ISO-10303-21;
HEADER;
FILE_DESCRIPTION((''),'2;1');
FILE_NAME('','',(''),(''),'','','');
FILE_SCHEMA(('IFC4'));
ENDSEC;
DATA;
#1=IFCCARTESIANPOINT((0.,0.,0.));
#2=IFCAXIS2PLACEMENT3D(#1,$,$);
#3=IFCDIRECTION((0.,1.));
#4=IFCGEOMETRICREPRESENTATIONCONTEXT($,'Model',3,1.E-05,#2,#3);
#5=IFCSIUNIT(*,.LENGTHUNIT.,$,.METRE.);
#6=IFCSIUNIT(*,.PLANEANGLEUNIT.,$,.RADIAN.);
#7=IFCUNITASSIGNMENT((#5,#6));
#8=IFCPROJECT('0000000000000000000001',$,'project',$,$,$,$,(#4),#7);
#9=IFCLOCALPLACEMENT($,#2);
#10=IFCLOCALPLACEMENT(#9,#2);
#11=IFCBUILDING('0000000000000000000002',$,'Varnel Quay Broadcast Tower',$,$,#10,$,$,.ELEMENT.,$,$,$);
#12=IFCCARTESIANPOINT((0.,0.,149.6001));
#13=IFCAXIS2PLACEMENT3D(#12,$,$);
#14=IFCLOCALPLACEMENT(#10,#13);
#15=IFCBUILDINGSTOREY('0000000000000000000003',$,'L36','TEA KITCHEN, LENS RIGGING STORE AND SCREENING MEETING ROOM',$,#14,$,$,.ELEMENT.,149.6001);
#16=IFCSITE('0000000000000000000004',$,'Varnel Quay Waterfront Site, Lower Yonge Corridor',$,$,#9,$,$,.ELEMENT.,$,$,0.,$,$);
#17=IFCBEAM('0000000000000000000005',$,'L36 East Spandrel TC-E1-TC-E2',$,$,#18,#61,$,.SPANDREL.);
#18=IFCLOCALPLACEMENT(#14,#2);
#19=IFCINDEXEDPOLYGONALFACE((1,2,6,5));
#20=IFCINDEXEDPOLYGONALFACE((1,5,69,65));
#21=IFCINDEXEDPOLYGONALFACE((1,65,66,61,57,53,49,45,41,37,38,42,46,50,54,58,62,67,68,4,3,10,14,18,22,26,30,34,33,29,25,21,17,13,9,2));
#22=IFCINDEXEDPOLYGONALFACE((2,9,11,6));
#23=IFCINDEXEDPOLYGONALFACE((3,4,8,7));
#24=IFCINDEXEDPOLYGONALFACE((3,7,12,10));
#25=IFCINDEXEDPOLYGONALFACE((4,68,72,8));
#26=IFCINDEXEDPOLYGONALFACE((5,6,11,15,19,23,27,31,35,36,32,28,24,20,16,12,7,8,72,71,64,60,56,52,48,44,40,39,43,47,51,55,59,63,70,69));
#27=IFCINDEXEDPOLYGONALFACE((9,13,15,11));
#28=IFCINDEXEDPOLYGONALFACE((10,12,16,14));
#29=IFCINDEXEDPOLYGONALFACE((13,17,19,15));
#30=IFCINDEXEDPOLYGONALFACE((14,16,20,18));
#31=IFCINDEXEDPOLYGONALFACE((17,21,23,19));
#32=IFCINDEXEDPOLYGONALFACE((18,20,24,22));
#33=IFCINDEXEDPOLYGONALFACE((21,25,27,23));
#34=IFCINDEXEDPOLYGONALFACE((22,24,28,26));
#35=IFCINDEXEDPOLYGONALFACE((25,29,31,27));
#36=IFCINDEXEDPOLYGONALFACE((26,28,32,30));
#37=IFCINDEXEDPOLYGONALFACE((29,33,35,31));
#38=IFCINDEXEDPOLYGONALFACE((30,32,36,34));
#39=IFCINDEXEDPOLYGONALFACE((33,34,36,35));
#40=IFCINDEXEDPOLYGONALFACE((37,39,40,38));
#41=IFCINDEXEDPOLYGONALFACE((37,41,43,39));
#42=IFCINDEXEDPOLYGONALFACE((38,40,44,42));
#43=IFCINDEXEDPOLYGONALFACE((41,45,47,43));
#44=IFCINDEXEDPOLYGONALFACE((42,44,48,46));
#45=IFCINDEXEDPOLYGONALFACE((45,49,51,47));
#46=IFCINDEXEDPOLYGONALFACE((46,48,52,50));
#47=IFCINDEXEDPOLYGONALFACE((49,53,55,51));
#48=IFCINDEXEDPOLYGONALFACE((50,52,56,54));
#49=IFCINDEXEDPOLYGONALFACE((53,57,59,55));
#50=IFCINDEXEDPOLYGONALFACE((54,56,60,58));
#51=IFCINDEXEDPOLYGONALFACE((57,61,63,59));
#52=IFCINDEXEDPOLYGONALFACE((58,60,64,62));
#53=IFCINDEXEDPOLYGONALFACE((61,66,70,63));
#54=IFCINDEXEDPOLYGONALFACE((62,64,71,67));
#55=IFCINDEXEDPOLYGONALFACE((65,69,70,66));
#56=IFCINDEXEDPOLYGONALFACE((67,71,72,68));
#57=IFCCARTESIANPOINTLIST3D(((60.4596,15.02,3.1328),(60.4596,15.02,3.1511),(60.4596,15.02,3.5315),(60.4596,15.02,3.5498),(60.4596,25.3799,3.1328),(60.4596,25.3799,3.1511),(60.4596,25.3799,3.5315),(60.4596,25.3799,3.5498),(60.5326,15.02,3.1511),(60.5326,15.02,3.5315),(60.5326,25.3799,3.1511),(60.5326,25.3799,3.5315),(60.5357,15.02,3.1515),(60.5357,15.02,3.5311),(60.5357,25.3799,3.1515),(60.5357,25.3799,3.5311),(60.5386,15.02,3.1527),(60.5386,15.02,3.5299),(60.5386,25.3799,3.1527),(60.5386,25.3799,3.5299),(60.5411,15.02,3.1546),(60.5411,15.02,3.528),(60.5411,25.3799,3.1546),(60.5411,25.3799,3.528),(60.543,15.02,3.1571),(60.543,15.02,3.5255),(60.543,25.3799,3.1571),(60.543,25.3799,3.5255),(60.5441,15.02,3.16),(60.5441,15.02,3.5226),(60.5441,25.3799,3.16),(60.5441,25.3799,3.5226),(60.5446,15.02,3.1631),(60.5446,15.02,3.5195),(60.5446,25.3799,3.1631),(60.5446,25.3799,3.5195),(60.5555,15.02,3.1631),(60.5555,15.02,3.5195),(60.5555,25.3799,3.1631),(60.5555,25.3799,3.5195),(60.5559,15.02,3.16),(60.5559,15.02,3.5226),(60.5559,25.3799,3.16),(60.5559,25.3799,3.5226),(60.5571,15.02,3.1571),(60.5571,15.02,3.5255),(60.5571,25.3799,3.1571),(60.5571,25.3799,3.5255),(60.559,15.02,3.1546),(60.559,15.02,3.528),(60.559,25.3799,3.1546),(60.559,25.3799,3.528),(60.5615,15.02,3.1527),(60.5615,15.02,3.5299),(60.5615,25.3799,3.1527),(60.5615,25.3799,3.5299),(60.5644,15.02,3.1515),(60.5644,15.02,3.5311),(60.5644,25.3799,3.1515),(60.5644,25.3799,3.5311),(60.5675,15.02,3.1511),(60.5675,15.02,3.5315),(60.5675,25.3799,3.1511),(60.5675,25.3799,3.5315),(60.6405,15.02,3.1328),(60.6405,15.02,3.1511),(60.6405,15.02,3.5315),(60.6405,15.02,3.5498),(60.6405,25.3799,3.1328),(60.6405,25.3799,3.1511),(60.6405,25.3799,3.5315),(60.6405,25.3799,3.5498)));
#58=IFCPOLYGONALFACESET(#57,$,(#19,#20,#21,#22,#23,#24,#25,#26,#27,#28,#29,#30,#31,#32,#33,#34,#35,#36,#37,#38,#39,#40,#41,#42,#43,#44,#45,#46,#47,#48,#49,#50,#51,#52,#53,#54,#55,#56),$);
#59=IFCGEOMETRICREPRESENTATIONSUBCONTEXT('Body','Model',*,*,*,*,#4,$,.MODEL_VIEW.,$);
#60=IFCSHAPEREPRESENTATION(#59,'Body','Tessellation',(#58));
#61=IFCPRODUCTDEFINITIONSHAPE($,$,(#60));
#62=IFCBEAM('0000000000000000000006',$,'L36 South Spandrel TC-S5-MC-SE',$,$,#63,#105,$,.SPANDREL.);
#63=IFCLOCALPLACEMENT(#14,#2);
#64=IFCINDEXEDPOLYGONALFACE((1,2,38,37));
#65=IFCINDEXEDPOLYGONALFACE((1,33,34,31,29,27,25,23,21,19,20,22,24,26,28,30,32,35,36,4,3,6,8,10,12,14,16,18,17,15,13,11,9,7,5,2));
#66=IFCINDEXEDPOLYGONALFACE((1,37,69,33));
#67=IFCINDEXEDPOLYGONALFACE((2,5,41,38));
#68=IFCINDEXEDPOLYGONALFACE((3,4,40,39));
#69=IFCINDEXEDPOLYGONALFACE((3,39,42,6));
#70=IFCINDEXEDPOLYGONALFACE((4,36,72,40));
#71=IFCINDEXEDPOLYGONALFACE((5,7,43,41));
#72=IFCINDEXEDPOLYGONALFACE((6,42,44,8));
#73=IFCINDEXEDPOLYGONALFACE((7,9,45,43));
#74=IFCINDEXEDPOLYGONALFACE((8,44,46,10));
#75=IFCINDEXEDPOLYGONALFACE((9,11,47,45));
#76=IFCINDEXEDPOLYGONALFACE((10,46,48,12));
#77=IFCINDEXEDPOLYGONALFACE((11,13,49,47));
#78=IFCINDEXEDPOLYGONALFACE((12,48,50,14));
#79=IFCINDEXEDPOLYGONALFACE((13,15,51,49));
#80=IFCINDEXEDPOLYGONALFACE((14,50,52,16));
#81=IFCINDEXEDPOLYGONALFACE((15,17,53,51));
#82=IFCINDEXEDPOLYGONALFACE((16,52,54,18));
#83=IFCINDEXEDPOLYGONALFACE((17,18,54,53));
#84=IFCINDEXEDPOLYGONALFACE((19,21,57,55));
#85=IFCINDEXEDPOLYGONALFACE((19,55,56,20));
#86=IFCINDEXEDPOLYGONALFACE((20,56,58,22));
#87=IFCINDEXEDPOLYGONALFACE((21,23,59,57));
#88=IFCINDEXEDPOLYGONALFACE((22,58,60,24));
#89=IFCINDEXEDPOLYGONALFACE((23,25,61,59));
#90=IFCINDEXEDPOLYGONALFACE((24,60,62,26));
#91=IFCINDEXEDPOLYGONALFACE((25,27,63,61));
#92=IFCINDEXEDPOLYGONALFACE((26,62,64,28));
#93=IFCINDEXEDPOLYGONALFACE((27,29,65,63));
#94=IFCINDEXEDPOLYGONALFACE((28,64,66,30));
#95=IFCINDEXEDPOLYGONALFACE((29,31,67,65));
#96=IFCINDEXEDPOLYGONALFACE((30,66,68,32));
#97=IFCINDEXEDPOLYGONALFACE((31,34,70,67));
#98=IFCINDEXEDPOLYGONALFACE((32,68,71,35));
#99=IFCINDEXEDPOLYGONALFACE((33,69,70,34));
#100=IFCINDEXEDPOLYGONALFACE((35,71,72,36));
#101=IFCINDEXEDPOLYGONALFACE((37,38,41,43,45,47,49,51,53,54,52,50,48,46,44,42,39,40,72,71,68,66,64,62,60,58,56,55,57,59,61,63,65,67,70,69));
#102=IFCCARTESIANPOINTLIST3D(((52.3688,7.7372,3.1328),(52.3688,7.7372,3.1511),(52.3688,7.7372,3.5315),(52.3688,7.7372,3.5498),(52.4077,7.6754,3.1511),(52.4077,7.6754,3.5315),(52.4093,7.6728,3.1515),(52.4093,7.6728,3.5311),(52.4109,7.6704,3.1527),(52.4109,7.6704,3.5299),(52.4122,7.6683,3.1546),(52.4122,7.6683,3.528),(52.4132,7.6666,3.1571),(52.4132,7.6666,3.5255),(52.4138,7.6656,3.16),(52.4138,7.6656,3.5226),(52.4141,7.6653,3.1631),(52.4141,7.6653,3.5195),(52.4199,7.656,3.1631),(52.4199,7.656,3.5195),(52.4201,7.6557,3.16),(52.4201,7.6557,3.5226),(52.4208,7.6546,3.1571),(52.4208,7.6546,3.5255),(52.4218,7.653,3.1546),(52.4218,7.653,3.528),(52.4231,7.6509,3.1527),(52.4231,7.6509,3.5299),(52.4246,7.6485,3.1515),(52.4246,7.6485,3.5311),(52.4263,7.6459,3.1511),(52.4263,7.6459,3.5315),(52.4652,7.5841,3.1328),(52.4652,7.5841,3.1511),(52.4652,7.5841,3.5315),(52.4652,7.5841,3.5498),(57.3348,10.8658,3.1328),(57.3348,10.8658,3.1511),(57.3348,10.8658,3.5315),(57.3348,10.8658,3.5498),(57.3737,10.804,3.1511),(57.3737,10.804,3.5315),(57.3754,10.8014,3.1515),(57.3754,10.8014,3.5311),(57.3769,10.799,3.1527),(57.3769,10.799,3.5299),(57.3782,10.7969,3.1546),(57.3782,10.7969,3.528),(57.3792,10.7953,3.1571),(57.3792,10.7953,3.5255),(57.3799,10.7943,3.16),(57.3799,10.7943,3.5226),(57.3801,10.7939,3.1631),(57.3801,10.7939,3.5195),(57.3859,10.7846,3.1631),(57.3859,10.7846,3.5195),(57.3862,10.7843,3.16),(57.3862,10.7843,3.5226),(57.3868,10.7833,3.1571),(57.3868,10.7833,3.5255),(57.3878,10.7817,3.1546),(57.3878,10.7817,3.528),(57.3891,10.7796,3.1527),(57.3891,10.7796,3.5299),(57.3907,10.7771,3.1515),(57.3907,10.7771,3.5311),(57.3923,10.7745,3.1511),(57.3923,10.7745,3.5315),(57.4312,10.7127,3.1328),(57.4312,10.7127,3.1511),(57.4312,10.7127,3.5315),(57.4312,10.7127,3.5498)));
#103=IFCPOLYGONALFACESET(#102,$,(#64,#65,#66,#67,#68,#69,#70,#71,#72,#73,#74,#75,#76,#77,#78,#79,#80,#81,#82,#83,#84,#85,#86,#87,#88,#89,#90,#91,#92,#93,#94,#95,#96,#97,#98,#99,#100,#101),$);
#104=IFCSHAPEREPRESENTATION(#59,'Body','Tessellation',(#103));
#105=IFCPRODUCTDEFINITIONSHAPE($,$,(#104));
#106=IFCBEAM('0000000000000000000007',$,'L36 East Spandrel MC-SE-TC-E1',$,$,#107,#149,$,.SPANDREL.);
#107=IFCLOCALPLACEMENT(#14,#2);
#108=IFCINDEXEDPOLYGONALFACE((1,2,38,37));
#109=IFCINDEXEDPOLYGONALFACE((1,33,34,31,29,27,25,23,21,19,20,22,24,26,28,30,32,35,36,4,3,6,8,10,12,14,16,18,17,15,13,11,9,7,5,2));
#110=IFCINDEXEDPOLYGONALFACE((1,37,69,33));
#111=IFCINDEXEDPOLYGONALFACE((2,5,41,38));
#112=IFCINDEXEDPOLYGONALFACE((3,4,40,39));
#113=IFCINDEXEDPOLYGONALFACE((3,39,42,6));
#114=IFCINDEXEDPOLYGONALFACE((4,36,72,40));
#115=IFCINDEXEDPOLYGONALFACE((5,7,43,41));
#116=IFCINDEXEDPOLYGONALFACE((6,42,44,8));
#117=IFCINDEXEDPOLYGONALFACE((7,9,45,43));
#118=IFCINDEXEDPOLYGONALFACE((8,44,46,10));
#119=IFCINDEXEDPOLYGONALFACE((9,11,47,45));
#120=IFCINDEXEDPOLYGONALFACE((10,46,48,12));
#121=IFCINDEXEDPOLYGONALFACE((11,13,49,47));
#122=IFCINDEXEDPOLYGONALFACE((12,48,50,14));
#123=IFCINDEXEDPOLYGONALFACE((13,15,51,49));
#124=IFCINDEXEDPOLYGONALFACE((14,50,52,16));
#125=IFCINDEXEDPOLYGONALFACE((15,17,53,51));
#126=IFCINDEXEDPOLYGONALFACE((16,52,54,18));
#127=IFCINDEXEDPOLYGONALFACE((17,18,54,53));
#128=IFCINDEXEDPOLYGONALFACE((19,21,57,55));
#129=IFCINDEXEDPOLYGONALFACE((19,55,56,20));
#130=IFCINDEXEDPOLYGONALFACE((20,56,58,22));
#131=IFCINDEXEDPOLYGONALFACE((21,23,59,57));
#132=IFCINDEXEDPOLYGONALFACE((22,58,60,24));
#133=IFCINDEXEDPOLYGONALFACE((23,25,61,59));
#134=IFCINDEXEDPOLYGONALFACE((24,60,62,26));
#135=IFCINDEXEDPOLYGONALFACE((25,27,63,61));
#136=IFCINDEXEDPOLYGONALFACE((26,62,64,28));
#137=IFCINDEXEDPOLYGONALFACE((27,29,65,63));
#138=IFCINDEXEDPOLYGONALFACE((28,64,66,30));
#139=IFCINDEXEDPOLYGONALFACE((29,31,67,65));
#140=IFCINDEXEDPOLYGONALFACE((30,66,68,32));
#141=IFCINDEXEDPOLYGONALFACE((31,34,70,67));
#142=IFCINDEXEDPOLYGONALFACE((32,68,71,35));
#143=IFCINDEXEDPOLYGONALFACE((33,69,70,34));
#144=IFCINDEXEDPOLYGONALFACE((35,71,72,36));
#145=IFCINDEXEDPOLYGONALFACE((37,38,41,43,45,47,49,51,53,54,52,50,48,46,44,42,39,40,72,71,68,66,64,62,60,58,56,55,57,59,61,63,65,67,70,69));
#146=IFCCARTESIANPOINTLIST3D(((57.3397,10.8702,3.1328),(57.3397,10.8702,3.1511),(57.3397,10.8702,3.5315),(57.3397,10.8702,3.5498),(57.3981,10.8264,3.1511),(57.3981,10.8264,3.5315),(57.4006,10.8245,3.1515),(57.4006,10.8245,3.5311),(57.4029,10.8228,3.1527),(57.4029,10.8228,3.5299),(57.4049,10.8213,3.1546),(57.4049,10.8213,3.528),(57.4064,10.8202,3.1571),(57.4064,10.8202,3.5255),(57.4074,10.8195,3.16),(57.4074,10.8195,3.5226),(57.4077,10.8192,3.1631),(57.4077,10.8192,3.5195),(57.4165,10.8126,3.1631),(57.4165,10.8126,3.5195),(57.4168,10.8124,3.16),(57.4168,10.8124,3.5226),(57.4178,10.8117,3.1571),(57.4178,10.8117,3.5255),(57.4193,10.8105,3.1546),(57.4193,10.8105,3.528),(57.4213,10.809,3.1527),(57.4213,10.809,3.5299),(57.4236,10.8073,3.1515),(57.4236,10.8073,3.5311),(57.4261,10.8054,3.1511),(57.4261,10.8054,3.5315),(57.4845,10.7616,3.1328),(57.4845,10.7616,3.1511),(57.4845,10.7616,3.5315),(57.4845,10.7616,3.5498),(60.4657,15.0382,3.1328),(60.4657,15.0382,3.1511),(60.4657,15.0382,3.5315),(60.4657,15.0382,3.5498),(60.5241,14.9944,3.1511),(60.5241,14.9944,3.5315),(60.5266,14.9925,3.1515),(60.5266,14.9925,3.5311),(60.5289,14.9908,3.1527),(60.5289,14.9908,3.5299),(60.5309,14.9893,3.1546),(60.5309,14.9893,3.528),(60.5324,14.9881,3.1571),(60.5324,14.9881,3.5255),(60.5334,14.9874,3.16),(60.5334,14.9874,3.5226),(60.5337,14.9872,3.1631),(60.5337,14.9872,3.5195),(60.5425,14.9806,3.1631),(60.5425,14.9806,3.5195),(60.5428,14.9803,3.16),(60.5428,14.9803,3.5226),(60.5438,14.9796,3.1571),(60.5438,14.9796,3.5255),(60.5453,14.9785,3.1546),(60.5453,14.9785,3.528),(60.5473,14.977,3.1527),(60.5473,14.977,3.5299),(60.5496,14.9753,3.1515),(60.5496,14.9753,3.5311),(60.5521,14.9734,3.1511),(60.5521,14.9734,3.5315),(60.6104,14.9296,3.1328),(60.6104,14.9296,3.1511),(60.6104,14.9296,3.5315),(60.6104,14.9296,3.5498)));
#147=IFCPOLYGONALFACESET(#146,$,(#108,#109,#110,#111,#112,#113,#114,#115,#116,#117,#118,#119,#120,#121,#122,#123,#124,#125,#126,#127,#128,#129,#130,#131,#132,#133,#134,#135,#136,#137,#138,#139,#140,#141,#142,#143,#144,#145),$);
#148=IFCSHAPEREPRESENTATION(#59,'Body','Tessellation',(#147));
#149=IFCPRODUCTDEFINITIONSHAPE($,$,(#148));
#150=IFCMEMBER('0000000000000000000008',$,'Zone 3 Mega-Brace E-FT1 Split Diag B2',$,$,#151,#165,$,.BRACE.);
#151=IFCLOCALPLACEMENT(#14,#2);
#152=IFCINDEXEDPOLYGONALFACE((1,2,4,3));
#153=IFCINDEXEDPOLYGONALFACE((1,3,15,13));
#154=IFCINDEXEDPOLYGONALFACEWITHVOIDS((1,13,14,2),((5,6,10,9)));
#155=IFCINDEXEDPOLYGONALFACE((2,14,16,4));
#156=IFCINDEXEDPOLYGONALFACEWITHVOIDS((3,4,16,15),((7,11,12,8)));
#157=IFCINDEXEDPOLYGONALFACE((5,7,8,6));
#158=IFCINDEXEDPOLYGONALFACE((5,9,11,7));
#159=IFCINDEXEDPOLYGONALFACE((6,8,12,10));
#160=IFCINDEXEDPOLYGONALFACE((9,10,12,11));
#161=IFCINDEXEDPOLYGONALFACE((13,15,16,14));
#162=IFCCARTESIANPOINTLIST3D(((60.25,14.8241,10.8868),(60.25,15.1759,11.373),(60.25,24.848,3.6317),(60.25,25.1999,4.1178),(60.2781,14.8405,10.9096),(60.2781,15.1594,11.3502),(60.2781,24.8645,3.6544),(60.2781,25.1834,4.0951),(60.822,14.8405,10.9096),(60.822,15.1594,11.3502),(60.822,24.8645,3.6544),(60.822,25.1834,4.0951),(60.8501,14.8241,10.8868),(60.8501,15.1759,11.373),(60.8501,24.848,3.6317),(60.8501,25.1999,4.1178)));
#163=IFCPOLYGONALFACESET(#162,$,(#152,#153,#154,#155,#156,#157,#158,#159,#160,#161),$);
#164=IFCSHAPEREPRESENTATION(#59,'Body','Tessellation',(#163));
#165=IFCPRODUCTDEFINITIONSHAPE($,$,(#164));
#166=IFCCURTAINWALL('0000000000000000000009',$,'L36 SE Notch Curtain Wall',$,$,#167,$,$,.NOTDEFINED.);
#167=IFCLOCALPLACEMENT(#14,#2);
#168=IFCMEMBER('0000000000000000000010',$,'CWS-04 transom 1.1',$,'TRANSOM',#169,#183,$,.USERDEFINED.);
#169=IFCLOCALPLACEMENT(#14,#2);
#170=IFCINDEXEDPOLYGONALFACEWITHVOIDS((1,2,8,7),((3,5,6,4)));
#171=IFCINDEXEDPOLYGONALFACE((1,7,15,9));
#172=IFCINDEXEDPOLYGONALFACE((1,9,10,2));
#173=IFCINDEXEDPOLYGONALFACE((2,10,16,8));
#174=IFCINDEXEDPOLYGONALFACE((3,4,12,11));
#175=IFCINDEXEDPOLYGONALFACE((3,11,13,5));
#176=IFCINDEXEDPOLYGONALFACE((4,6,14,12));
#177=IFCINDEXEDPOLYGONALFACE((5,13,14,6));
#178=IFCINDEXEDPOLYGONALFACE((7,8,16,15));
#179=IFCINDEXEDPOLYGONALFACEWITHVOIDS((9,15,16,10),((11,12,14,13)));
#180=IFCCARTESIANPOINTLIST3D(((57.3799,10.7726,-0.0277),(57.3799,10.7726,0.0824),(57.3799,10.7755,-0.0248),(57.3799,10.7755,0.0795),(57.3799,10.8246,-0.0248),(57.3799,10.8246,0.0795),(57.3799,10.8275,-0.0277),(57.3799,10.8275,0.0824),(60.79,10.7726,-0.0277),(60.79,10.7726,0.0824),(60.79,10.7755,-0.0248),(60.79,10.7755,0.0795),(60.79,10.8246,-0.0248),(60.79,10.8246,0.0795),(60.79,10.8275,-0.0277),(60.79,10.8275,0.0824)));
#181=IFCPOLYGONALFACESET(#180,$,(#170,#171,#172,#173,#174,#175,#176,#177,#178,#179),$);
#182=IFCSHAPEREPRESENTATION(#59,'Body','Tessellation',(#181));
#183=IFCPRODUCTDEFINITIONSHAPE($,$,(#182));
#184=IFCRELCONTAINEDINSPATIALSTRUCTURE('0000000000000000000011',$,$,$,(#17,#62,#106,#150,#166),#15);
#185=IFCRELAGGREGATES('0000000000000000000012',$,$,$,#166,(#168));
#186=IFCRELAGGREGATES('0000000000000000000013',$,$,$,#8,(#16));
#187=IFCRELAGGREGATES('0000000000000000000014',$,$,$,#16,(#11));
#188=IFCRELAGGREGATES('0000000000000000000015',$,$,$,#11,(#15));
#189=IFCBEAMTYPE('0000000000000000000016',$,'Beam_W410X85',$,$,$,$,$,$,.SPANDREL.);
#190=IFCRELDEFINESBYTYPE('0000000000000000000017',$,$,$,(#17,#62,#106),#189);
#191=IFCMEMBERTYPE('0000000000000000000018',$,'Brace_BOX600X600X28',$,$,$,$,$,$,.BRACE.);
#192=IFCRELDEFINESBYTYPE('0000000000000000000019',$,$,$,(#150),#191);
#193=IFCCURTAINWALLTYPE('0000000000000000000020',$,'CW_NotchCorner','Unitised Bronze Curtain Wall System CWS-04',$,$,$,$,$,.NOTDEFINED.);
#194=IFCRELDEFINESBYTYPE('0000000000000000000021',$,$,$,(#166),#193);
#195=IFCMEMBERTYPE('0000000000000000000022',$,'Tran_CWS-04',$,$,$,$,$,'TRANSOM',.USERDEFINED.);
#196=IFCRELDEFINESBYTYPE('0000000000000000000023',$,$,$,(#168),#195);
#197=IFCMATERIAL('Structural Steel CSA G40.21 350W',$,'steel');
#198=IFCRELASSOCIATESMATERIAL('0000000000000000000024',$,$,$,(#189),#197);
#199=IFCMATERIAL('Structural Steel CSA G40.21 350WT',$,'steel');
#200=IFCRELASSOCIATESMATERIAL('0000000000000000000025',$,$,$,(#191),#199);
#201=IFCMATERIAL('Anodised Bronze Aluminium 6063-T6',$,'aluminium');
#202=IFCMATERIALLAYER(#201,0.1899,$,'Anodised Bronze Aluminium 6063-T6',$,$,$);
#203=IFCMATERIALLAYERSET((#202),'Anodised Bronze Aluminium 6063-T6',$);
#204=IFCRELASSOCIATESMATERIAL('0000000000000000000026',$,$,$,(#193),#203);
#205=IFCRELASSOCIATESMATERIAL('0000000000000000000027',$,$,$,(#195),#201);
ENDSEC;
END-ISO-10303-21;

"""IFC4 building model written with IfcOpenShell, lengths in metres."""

from ifc_helpers import new_model, si_unit, direction, frame, origin, origin_2d, place, context, subcontext, project, spatial, hollow_rectangle, i_section, extrude, source, transform, mapped, material, layer, layer_set, material_profile, profile_set, type_object, type_shapes, element, aggregate, save


model = new_model("IFC4")

# Units and contexts
model_context = context("Model", 3, precision=1e-05, world=origin(), true_north=direction((0.0, 1.0)))
body_context = subcontext(model_context, "Body", "Model", "MODEL_VIEW")
ifc_project = project(units=[si_unit("LENGTHUNIT", "METRE"), si_unit("PLANEANGLEUNIT", "RADIAN")], contexts=[model_context])

# Site, building, storey
site_placement = place(None, origin())
site = spatial("IfcSite", under=ifc_project, at=site_placement, Name="Varnel Quay Waterfront Site, Lower Yonge Corridor", CompositionType="ELEMENT", RefElevation=0.0)
building_placement = place(site_placement, origin())
building = spatial("IfcBuilding", under=site, at=building_placement, Name="Varnel Quay Broadcast Tower", CompositionType="ELEMENT")
storey_placement = place(building_placement, frame((0.0, 0.0, 149.6001)))
storey = spatial("IfcBuildingStorey", under=building, at=storey_placement, Name="L36", Description="TEA KITCHEN, LENS RIGGING STORE AND SCREENING MEETING ROOM", CompositionType="ELEMENT", Elevation=149.6001)

# Shared definitions
ifc_material_1 = material(Name="Structural Steel CSA G40.21 350WT", Category="steel")
ifc_material_2 = material(Name="Structural Steel CSA G40.21 350W", Category="steel")

# Beams
ifc_material_profile_1 = material_profile(ifc_material_2, i_section(OverallWidth=0.1809, OverallDepth=0.417, WebThickness=0.011, FlangeThickness=0.0183, FilletRadius=0.012, at=origin_2d()), Name="W410X85")
ifc_profile_set_1 = profile_set([ifc_material_profile_1], Name="Structural Steel CSA G40.21 350W")
beam_type = type_object("IfcBeamType", Name="Beam_W410X85", PredefinedType="SPANDREL", material=ifc_profile_set_1)
shared_shape_1 = source(origin(), body_context, "Body", "SweptSolid", [
    extrude(i_section(OverallWidth=0.1809, OverallDepth=0.417, WebThickness=0.011, FlangeThickness=0.0183, FilletRadius=0.012, at=origin_2d()), origin(), (0.0, 0.0, 1.0), 10.3599),
])
beam_1_placement = place(storey_placement, frame((60.55, 15.02, 3.3413), z_axis=(0.0, 1.0, 0.0), x_axis=(-1.0, 0.0, 0.0)))
element("IfcBeam", 1, at=beam_1_placement, inside=storey, type_object=beam_type, Name="L36 East Spandrel TC-E1-TC-E2", PredefinedType="SPANDREL", context=body_context, shape_type="MappedRepresentation", body=[
    mapped(shared_shape_1, transform((0.0, 0.0, 0.0), x_axis=(1.0, 0.0, 0.0), y_axis=(0.0, 1.0, 0.0), z_axis=(0.0, 0.0, 1.0), scale=1.0)),
])
shared_shape_2 = source(origin(), body_context, "Body", "SweptSolid", [
    extrude(i_section(OverallWidth=0.1809, OverallDepth=0.417, WebThickness=0.011, FlangeThickness=0.0183, FilletRadius=0.012, at=origin_2d()), origin(), (0.0, 0.0, 1.0), 5.8694),
])
beam_2_placement = place(storey_placement, frame((52.417, 7.6606, 3.3413), z_axis=(0.846088, 0.533043, 0.0), x_axis=(-0.533043, 0.846088, 0.0)))
element("IfcBeam", 2, at=beam_2_placement, inside=storey, type_object=beam_type, Name="L36 South Spandrel TC-S5-MC-SE", PredefinedType="SPANDREL", context=body_context, shape_type="MappedRepresentation", body=[
    mapped(shared_shape_2, transform((0.0, 0.0, 0.0), x_axis=(1.0, 0.0, 0.0), y_axis=(0.0, 1.0, 0.0), z_axis=(0.0, 0.0, 1.0), scale=1.0)),
])
shared_shape_3 = source(origin(), body_context, "Body", "SweptSolid", [
    extrude(i_section(OverallWidth=0.1809, OverallDepth=0.417, WebThickness=0.011, FlangeThickness=0.0183, FilletRadius=0.012, at=origin_2d()), origin(), (0.0, 0.0, 1.0), 5.21),
])
type_shapes(beam_type, [shared_shape_1, shared_shape_2, shared_shape_3])
beam_3_placement = place(storey_placement, frame((57.4121, 10.8159, 3.3413), z_axis=(0.6, 0.8, 0.0), x_axis=(-0.8, 0.6, 0.0)))
element("IfcBeam", 3, at=beam_3_placement, inside=storey, type_object=beam_type, Name="L36 East Spandrel MC-SE-TC-E1", PredefinedType="SPANDREL", context=body_context, shape_type="MappedRepresentation", body=[
    mapped(shared_shape_3, transform((0.0, 0.0, 0.0), x_axis=(1.0, 0.0, 0.0), y_axis=(0.0, 1.0, 0.0), z_axis=(0.0, 0.0, 1.0), scale=1.0)),
])

# Member
ifc_material_profile_2 = material_profile(ifc_material_1, hollow_rectangle(XDim=0.6001, YDim=0.6001, WallThickness=0.0281, at=origin_2d()), Name="BOX600X600X28")
ifc_profile_set_2 = profile_set([ifc_material_profile_2], Name="Structural Steel CSA G40.21 350WT")
member_type_1 = type_object("IfcMemberType", Name="Brace_BOX600X600X28", PredefinedType="BRACE", material=ifc_profile_set_2)
shared_shape_4 = source(origin(), body_context, "Body", "SweptSolid", [
    extrude(hollow_rectangle(XDim=0.6001, YDim=0.6001, WallThickness=0.0281, at=origin_2d()), origin(), (0.0, 0.0, 1.0), 12.374),
])
type_shapes(member_type_1, [shared_shape_4])
member_1_placement = place(storey_placement, frame((60.55, 25.0239, 3.8748), z_axis=(0.0, -0.810079, 0.58632), x_axis=(1.0, 0.0, 0.0)))
element("IfcMember", 4, at=member_1_placement, inside=storey, type_object=member_type_1, Name="Zone 3 Mega-Brace E-FT1 Split Diag B2", PredefinedType="BRACE", context=body_context, shape_type="MappedRepresentation", body=[
    mapped(shared_shape_4, transform((0.0, 0.0, 0.0), x_axis=(1.0, 0.0, 0.0), y_axis=(0.0, 1.0, 0.0), z_axis=(0.0, 0.0, 1.0), scale=1.0)),
])

# Curtain wall, member
ifc_material_3 = material(Name="Anodised Bronze Aluminium 6063-T6", Category="aluminium")
ifc_layer_1 = layer(ifc_material_3, 0.1899, Name="Anodised Bronze Aluminium 6063-T6")
ifc_layer_set_1 = layer_set([ifc_layer_1], Name="Anodised Bronze Aluminium 6063-T6")
curtain_wall_type_1 = type_object("IfcCurtainWallType", Name="CW_NotchCorner", Description="Unitised Bronze Curtain Wall System CWS-04", PredefinedType="NOTDEFINED", material=ifc_layer_set_1)
curtain_wall_1_placement = place(storey_placement, origin())
curtain_wall_1 = element("IfcCurtainWall", 5, at=curtain_wall_1_placement, inside=storey, type_object=curtain_wall_type_1, Name="L36 SE Notch Curtain Wall", PredefinedType="NOTDEFINED")
ifc_material_profile_3 = material_profile(ifc_material_3, hollow_rectangle(XDim=0.0549, YDim=0.1101, WallThickness=0.0029, at=origin_2d()), Name="ALU55X110X3")
ifc_profile_set_3 = profile_set([ifc_material_profile_3], Name="Anodised Bronze Aluminium 6063-T6")
member_type_2 = type_object("IfcMemberType", Name="Tran_CWS-04", ElementType="TRANSOM", PredefinedType="USERDEFINED", material=ifc_profile_set_3)
shared_shape_5 = source(origin(), body_context, "Body", "SweptSolid", [
    extrude(hollow_rectangle(XDim=0.0549, YDim=0.1101, WallThickness=0.0029, at=origin_2d()), origin(), (0.0, 0.0, 1.0), 3.4102),
])
type_shapes(member_type_2, [shared_shape_5])
member_2_placement = place(storey_placement, frame((57.3799, 10.8, 0.0273), z_axis=(1.0, 0.0, 0.0), x_axis=(0.0, 1.0, 0.0)))
member_2 = element("IfcMember", 6, at=member_2_placement, type_object=member_type_2, Name="CWS-04 transom 1.1", ObjectType="TRANSOM", PredefinedType="USERDEFINED", context=body_context, shape_type="MappedRepresentation", body=[
    mapped(shared_shape_5, transform((0.0, 0.0, 0.0), x_axis=(1.0, 0.0, 0.0), y_axis=(0.0, 1.0, 0.0), z_axis=(0.0, 0.0, 1.0), scale=1.0)),
])

aggregate(curtain_wall_1, [member_2])

save(model, "model.ifc")
